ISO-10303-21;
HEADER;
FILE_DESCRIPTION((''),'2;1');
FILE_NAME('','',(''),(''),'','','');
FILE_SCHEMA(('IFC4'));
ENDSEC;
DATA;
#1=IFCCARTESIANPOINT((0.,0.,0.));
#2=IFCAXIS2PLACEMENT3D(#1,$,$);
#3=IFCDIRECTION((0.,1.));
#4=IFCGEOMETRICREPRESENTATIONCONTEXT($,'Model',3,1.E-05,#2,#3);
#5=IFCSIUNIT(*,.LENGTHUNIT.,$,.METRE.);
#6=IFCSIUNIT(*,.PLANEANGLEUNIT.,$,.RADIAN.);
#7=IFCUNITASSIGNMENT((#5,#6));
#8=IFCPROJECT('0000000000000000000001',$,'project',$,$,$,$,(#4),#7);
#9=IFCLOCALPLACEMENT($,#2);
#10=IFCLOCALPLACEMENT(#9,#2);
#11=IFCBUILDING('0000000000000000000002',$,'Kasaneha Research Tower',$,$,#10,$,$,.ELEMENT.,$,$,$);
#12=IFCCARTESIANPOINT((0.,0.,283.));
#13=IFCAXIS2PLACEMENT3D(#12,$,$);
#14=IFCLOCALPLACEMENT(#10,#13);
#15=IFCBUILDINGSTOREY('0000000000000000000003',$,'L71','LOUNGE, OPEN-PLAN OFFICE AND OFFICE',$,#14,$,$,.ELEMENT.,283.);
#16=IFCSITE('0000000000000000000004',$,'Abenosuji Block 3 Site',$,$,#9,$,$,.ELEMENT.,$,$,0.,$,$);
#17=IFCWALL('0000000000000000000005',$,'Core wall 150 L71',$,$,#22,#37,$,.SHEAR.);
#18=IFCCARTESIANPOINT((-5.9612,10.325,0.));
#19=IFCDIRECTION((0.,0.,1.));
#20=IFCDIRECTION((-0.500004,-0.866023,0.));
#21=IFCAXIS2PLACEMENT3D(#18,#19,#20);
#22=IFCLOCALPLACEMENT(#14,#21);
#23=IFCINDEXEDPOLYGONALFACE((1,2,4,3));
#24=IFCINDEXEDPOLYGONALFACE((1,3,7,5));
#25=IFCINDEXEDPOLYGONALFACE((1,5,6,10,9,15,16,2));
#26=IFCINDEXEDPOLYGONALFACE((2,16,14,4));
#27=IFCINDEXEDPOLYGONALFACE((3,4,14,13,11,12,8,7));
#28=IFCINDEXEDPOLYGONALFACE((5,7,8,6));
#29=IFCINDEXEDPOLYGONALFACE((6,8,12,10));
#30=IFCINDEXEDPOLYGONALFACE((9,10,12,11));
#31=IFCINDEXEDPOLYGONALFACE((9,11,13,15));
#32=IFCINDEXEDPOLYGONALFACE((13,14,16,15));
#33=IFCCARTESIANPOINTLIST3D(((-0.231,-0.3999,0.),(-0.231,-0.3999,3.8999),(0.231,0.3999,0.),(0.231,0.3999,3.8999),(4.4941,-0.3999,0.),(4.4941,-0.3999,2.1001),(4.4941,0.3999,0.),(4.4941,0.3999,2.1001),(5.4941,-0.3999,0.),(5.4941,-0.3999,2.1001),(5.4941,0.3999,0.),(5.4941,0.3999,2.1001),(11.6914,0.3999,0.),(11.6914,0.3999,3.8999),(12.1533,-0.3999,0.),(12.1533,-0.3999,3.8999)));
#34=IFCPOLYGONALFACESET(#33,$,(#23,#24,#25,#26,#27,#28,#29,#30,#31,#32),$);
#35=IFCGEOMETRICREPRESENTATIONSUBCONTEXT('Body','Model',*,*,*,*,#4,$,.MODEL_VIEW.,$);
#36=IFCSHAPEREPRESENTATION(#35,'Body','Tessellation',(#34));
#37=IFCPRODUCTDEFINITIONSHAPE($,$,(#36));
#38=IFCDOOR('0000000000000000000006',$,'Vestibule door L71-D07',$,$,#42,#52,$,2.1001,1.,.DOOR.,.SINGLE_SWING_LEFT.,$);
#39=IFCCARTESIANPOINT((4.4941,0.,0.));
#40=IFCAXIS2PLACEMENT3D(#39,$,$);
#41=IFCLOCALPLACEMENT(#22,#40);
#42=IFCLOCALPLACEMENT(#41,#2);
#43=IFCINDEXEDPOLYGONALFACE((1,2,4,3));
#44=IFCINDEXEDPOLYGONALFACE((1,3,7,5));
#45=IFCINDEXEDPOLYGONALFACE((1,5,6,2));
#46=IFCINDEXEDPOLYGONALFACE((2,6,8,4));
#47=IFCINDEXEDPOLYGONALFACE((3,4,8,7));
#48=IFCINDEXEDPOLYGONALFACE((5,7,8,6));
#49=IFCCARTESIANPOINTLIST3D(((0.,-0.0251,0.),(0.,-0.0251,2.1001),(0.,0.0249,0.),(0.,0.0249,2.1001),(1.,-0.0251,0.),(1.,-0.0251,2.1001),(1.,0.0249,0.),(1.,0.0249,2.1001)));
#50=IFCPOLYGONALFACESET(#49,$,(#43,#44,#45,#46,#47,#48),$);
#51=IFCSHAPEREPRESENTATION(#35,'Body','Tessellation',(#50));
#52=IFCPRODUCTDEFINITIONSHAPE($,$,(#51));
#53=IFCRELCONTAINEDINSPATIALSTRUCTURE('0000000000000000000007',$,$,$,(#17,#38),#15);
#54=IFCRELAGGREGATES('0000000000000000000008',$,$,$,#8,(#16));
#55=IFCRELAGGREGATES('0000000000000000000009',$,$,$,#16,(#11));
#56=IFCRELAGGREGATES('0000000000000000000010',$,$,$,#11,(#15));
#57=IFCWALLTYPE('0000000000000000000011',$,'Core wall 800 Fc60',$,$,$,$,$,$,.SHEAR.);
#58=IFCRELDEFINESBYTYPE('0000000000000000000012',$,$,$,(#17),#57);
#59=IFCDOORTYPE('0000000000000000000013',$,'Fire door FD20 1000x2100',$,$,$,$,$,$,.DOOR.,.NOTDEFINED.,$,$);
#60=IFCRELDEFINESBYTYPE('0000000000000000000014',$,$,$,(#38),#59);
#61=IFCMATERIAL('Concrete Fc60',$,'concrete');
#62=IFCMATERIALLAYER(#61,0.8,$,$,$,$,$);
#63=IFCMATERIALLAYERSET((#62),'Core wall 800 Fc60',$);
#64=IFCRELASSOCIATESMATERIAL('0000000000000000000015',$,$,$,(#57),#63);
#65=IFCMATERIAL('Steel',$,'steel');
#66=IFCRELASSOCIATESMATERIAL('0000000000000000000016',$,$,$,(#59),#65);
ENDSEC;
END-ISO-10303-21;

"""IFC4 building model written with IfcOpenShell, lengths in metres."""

from ifc_helpers import new_model, si_unit, direction, frame, frame_2d, origin, place, context, subcontext, project, spatial, polyline, rectangle, outline, extrude, material, layer, layer_set, type_object, element, fill, save


model = new_model("IFC4")

# Units and contexts
model_context = context("Model", 3, precision=1e-05, world=origin(), true_north=direction((0.0, 1.0)))
body_context = subcontext(model_context, "Body", "Model", "MODEL_VIEW")
ifc_project = project(units=[si_unit("LENGTHUNIT", "METRE"), si_unit("PLANEANGLEUNIT", "RADIAN")], contexts=[model_context])

# Site, building, storey
site_placement = place(None, origin())
site = spatial("IfcSite", under=ifc_project, at=site_placement, Name="Abenosuji Block 3 Site", CompositionType="ELEMENT", RefElevation=0.0)
building_placement = place(site_placement, origin())
building = spatial("IfcBuilding", under=site, at=building_placement, Name="Kasaneha Research Tower", CompositionType="ELEMENT")
storey_placement = place(building_placement, frame((0.0, 0.0, 283.0)))
storey = spatial("IfcBuildingStorey", under=building, at=storey_placement, Name="L71", Description="LOUNGE, OPEN-PLAN OFFICE AND OFFICE", CompositionType="ELEMENT", Elevation=283.0)

# Wall, opening, door
ifc_material_1 = material(Name="Concrete Fc60", Category="concrete")
ifc_layer_1 = layer(ifc_material_1, 0.8)
ifc_layer_set_1 = layer_set([ifc_layer_1], Name="Core wall 800 Fc60")
wall_type_1 = type_object("IfcWallType", Name="Core wall 800 Fc60", PredefinedType="SHEAR", material=ifc_layer_set_1)
wall_1_placement = place(storey_placement, frame((-5.9612, 10.325, 0.0), z_axis=(0.0, 0.0, 1.0), x_axis=(-0.500004, -0.866023, 0.0)))
wall_1 = element("IfcWall", 1, at=wall_1_placement, inside=storey, type_object=wall_type_1, Name="Core wall 150 L71", PredefinedType="SHEAR", context=body_context, shape_type="SweptSolid", body=[
    extrude(outline(polyline([(-0.231, -0.3999), (4.4941, -0.3999), (5.4941, -0.3999), (12.1533, -0.3999), (11.6914, 0.3999), (5.4941, 0.3999), (4.4941, 0.3999), (0.231, 0.3999), (-0.231, -0.3999)])), origin(), (0.0, 0.0, 1.0), 3.8999),
])
opening_1_placement = place(wall_1_placement, frame((4.4941, 0.0, 0.0)))
opening_1 = element("IfcOpeningElement", 2, at=opening_1_placement, cuts=wall_1, PredefinedType="OPENING", context=body_context, shape_type="SweptSolid", body=[
    extrude(rectangle(XDim=1.0, YDim=2.1001, at=frame_2d((0.5, 1.05))), frame((0.0, 0.4102, 0.0), z_axis=(0.0, -1.0, 0.0), x_axis=(1.0, 0.0, 0.0)), (0.0, 0.0, 1.0), 0.8201),
])
ifc_material_2 = material(Name="Steel", Category="steel")
door_type_1 = type_object("IfcDoorType", Name="Fire door FD20 1000x2100", OperationType="NOTDEFINED", PredefinedType="DOOR", material=ifc_material_2)
door_1_placement = place(opening_1_placement, origin())
door_1 = element("IfcDoor", 3, at=door_1_placement, inside=storey, type_object=door_type_1, Name="Vestibule door L71-D07", OperationType="SINGLE_SWING_LEFT", OverallHeight=2.1001, OverallWidth=1.0, PredefinedType="DOOR", context=body_context, shape_type="SweptSolid", body=[
    extrude(rectangle(XDim=1.0, YDim=2.1001, at=frame_2d((0.5, 1.05))), frame((0.0, 0.0249, 0.0), z_axis=(0.0, -1.0, 0.0), x_axis=(1.0, 0.0, 0.0)), (0.0, 0.0, 1.0), 0.05),
])
fill(opening_1, door_1)

save(model, "model.ifc")
